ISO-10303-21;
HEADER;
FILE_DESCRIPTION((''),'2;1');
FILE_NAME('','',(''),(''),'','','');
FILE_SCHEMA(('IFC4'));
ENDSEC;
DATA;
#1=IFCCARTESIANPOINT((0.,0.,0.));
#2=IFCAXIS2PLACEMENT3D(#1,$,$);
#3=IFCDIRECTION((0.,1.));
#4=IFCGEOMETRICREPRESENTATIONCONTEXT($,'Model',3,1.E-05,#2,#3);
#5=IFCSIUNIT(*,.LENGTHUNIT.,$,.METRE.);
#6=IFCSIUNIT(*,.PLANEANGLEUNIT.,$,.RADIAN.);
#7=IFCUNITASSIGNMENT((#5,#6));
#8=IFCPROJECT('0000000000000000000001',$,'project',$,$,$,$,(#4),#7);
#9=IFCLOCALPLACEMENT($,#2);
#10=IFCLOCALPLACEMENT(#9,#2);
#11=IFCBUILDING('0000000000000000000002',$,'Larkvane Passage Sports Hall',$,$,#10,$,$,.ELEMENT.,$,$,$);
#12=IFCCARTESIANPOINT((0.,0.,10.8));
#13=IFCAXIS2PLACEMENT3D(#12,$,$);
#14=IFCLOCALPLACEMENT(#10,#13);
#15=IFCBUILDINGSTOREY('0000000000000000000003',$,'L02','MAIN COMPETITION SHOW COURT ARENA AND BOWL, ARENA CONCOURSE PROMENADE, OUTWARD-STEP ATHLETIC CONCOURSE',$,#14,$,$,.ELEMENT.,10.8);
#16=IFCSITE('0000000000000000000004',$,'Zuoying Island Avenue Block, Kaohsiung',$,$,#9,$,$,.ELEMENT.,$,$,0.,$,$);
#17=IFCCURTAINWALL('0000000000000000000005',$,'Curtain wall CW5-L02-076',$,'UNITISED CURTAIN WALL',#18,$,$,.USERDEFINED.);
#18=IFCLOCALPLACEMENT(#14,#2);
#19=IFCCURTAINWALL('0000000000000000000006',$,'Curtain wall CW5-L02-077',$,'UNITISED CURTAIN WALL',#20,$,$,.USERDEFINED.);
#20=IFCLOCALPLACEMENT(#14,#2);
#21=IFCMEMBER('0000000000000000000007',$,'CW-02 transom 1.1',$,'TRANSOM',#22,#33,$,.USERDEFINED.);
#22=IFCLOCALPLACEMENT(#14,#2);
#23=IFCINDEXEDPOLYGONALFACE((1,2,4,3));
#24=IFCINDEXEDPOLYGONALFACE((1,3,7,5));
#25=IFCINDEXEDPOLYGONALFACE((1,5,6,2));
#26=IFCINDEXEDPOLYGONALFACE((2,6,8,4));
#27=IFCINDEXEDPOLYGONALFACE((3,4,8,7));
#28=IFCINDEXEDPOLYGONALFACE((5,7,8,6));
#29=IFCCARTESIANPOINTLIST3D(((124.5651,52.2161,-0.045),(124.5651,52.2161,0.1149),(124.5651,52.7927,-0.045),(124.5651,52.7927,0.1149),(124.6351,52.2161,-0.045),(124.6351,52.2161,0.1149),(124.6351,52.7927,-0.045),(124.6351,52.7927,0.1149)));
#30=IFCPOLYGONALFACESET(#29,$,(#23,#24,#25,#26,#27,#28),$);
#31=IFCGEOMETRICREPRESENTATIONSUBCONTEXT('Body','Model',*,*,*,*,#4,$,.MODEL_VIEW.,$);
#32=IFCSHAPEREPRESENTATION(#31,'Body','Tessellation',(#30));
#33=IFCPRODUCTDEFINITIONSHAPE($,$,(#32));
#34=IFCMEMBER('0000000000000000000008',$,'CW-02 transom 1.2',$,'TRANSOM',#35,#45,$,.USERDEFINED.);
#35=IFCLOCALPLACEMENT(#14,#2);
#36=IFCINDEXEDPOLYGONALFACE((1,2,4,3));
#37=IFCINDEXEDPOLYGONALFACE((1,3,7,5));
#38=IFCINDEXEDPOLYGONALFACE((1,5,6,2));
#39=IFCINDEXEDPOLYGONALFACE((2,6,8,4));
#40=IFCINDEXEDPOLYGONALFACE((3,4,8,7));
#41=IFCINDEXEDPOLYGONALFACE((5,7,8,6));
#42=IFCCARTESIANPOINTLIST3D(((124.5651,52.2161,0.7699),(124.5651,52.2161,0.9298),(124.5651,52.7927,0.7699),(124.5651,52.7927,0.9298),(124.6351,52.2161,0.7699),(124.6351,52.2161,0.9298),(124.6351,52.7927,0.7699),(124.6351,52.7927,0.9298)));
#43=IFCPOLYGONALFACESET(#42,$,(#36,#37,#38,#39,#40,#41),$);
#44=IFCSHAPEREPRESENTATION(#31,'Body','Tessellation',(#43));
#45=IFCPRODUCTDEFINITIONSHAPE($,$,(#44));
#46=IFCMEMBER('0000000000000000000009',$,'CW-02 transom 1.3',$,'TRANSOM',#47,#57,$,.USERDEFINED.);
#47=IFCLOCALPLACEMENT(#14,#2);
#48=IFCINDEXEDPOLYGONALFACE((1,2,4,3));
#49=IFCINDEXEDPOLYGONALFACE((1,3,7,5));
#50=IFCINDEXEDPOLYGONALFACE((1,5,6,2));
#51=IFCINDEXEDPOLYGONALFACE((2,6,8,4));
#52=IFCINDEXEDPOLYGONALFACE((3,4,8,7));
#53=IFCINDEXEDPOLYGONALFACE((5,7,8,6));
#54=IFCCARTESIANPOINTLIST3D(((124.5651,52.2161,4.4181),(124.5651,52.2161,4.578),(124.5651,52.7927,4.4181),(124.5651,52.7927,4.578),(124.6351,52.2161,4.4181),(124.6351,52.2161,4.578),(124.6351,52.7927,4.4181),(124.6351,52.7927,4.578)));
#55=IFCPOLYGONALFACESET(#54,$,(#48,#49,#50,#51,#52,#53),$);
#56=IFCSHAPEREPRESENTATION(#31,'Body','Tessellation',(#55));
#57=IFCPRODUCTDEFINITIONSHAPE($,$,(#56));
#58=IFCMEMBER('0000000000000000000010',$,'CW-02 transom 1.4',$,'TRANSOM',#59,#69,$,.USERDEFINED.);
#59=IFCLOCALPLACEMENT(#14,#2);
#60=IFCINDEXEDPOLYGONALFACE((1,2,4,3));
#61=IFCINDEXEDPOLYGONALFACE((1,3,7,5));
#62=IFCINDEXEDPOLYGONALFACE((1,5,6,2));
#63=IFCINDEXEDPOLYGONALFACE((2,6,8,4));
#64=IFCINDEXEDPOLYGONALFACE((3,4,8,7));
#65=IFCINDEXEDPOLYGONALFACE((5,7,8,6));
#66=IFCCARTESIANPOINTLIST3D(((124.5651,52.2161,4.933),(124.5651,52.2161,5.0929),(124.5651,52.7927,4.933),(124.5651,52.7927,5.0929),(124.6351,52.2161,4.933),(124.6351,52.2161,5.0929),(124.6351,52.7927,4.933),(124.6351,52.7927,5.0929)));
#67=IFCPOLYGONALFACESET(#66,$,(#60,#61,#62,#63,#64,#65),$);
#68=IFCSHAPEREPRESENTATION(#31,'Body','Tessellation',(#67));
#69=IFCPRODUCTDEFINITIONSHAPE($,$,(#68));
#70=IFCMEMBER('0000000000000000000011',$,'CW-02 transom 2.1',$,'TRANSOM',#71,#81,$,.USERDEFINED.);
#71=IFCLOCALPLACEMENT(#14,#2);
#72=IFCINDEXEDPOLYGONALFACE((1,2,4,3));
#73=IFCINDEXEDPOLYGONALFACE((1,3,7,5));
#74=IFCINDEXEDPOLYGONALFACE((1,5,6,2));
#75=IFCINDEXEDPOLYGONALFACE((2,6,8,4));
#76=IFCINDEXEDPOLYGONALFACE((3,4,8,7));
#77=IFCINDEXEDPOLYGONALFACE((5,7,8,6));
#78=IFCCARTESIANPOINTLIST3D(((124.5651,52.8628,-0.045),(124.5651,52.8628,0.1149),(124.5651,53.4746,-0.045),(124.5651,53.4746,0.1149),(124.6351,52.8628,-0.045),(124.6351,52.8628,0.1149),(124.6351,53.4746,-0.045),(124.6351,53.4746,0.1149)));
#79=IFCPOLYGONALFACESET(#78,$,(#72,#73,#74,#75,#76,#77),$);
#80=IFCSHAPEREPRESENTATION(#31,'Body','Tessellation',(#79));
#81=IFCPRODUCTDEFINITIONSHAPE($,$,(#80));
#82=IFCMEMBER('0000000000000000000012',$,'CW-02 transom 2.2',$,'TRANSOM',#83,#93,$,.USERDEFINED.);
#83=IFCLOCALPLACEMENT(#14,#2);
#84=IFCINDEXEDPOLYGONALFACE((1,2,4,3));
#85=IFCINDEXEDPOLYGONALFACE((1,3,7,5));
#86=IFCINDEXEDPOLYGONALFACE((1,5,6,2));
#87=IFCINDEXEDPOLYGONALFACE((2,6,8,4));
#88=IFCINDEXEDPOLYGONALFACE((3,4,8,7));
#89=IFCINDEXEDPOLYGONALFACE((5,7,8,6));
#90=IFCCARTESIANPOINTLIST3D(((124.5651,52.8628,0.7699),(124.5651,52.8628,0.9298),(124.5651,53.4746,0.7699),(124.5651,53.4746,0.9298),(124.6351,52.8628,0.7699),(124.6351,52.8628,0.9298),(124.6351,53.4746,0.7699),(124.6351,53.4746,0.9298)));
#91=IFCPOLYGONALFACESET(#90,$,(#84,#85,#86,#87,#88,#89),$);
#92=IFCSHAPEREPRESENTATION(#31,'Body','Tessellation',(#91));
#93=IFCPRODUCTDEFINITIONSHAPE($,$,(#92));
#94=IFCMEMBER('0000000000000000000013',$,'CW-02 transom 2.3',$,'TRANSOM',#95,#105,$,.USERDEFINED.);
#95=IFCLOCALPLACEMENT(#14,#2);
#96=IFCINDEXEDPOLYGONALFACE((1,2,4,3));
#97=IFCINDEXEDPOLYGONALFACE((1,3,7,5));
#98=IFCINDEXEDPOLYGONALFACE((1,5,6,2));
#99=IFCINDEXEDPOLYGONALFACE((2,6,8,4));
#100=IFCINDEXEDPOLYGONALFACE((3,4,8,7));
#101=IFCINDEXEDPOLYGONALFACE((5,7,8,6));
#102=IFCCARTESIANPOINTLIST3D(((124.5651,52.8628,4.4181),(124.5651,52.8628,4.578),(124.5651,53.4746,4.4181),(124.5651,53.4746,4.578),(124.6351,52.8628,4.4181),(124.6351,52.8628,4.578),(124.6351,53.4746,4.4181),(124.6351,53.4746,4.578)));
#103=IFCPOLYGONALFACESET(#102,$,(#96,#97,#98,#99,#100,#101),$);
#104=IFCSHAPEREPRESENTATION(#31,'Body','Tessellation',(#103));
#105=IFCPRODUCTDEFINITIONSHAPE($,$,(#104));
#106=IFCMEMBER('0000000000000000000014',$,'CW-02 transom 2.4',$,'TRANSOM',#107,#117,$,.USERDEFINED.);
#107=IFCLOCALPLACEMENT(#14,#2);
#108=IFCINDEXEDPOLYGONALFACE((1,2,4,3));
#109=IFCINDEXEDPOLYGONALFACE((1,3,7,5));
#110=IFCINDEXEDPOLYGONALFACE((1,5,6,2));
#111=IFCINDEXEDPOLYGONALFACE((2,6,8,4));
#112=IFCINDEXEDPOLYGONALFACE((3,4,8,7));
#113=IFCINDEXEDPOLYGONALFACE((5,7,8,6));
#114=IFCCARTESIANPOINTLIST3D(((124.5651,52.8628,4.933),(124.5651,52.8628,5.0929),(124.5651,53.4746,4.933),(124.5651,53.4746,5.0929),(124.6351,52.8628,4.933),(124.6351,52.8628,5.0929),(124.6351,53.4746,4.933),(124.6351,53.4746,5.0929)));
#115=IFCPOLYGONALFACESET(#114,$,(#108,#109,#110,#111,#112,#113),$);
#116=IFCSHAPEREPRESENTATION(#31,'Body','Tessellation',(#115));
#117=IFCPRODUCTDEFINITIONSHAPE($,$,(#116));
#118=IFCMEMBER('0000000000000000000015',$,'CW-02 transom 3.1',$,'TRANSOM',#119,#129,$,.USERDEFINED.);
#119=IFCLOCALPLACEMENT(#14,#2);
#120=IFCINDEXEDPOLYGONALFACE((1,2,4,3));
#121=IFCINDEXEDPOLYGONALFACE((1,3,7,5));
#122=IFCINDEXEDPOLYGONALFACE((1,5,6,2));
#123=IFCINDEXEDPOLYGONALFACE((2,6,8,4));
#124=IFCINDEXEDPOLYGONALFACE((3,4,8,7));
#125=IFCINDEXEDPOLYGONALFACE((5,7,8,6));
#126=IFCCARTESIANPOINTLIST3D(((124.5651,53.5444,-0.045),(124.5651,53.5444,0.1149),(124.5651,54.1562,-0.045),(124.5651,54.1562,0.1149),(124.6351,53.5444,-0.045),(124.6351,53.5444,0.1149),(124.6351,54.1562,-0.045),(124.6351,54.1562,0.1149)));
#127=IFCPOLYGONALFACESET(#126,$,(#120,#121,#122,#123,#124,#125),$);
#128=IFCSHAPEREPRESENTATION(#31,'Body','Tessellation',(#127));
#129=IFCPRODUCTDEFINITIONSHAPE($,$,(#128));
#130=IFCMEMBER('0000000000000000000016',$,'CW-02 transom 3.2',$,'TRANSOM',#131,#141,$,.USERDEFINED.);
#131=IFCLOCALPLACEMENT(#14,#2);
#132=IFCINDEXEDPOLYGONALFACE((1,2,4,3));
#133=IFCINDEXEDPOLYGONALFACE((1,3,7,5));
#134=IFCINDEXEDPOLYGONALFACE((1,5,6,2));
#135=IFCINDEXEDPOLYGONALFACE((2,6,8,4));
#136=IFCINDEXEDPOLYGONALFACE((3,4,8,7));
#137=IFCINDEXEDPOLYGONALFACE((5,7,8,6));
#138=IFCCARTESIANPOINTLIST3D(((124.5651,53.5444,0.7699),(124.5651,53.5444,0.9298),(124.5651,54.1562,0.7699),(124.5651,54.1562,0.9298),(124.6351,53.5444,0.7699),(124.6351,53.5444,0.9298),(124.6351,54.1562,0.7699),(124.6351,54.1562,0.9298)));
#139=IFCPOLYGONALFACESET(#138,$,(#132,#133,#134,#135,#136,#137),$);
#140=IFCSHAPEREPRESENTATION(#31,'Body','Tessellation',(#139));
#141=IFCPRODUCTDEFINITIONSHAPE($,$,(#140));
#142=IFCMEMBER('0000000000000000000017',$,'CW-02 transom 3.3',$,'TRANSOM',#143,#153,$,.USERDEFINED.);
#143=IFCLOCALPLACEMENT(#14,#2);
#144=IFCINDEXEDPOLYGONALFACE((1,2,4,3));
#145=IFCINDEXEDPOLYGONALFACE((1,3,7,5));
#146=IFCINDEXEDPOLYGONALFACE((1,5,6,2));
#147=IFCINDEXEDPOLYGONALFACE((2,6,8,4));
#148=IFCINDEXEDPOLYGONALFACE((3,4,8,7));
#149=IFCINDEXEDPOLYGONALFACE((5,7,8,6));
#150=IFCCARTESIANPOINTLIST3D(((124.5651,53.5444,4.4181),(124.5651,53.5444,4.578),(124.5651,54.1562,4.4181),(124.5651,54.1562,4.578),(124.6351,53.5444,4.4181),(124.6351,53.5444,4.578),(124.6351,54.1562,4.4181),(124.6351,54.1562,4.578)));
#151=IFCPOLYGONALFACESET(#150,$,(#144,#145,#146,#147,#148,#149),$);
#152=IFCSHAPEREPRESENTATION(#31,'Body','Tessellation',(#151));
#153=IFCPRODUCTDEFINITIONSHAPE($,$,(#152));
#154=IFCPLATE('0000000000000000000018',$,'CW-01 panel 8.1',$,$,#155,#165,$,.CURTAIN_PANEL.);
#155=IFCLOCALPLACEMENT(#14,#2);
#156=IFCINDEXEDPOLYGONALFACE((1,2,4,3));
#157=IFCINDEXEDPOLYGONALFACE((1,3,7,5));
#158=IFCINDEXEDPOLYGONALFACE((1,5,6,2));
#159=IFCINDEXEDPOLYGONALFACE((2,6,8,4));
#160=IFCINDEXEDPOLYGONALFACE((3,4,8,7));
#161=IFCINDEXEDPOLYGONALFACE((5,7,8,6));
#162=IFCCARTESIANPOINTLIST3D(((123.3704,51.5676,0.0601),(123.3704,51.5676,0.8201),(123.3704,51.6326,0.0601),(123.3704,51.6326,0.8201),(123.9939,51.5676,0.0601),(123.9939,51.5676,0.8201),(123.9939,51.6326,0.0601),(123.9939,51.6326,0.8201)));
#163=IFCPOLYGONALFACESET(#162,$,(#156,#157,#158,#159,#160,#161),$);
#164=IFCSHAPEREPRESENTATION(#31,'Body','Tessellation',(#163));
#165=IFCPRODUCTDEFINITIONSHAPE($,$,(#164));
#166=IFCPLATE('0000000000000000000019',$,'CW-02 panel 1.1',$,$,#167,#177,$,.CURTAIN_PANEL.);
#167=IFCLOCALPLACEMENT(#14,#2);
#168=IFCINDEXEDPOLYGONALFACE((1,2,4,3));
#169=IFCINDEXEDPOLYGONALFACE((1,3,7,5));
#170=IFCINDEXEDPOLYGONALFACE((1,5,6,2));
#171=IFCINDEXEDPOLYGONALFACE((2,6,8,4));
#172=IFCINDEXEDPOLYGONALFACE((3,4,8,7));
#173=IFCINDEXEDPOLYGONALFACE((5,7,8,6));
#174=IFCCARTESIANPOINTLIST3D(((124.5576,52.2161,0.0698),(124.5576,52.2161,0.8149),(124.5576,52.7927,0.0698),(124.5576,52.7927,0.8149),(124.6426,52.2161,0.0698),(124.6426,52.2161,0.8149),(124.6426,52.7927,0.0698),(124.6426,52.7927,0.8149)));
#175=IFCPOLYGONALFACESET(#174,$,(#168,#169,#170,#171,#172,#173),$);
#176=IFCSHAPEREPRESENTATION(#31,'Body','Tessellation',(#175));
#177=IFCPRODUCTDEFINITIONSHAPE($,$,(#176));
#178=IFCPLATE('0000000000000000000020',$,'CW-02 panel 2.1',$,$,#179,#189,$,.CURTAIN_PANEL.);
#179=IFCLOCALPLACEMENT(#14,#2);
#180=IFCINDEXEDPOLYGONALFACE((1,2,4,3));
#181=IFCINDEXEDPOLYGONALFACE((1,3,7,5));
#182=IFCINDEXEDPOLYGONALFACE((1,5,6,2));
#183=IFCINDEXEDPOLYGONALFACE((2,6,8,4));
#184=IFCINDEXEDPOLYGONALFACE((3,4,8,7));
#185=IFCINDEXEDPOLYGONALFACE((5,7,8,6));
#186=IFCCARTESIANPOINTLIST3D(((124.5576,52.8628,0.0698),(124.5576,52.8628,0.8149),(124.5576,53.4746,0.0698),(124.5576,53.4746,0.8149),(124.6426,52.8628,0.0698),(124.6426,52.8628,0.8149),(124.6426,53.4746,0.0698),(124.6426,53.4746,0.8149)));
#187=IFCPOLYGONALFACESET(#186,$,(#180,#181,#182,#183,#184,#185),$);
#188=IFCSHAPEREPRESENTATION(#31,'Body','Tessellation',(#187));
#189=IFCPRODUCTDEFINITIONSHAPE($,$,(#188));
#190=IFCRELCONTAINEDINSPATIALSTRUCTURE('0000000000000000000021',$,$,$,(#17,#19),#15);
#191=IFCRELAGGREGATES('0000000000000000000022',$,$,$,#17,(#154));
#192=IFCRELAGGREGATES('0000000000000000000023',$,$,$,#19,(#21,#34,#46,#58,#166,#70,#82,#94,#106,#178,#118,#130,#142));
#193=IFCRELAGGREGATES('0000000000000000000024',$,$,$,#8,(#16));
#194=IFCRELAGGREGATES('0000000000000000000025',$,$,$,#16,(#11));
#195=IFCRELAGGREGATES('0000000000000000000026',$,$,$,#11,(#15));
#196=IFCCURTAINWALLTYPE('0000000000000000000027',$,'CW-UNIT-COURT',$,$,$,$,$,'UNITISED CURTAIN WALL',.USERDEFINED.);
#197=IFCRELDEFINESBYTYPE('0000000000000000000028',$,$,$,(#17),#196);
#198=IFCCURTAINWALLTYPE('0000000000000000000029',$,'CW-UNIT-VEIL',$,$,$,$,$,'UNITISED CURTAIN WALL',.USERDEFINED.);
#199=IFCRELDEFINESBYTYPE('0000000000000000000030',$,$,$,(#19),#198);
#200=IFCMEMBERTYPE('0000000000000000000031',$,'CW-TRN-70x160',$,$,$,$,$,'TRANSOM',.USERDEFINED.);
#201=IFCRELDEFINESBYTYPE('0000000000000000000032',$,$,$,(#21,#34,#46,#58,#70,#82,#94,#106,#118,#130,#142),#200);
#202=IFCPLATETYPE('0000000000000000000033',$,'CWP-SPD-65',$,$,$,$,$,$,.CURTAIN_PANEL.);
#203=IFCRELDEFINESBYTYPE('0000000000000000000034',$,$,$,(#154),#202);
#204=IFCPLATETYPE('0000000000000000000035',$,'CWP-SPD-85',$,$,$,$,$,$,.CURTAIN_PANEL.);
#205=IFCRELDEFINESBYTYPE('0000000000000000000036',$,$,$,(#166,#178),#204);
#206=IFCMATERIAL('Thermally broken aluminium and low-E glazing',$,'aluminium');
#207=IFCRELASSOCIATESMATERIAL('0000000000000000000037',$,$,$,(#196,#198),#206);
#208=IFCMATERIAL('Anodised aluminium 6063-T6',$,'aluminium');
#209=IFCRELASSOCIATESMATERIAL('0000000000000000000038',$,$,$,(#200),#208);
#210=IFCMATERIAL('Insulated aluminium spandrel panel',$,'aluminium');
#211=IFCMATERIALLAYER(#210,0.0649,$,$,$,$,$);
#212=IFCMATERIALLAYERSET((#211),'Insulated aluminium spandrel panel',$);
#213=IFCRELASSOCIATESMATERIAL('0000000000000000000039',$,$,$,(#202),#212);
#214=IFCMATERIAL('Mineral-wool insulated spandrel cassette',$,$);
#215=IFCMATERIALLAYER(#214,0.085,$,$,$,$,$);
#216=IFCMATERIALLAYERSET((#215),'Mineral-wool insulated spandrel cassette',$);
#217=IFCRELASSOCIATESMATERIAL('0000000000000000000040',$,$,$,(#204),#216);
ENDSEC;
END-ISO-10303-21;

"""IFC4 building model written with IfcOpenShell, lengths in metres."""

from ifc_helpers import new_model, si_unit, direction, frame, origin, origin_2d, place, context, subcontext, project, spatial, rectangle, extrude, material, layer, layer_set, material_profile, profile_set, type_object, element, aggregate, save


model = new_model("IFC4")

# Units and contexts
model_context = context("Model", 3, precision=1e-05, world=origin(), true_north=direction((0.0, 1.0)))
body_context = subcontext(model_context, "Body", "Model", "MODEL_VIEW")
ifc_project = project(units=[si_unit("LENGTHUNIT", "METRE"), si_unit("PLANEANGLEUNIT", "RADIAN")], contexts=[model_context])

# Site, building, storey
site_placement = place(None, origin())
site = spatial("IfcSite", under=ifc_project, at=site_placement, Name="Zuoying Island Avenue Block, Kaohsiung", CompositionType="ELEMENT", RefElevation=0.0)
building_placement = place(site_placement, origin())
building = spatial("IfcBuilding", under=site, at=building_placement, Name="Larkvane Passage Sports Hall", CompositionType="ELEMENT")
storey_placement = place(building_placement, frame((0.0, 0.0, 10.8)))
storey = spatial("IfcBuildingStorey", under=building, at=storey_placement, Name="L02", Description="MAIN COMPETITION SHOW COURT ARENA AND BOWL, ARENA CONCOURSE PROMENADE, OUTWARD-STEP ATHLETIC CONCOURSE", CompositionType="ELEMENT", Elevation=10.8)

# Curtain wall
ifc_material_1 = material(Name="Thermally broken aluminium and low-E glazing", Category="aluminium")
curtain_wall_type_1 = type_object("IfcCurtainWallType", Name="CW-UNIT-COURT", ElementType="UNITISED CURTAIN WALL", PredefinedType="USERDEFINED", material=ifc_material_1)
curtain_wall_1_placement = place(storey_placement, origin())
curtain_wall_1 = element("IfcCurtainWall", 1, at=curtain_wall_1_placement, inside=storey, type_object=curtain_wall_type_1, Name="Curtain wall CW5-L02-076", ObjectType="UNITISED CURTAIN WALL", PredefinedType="USERDEFINED")
ifc_material_2 = material(Name="Anodised aluminium 6063-T6", Category="aluminium")

# Curtain wall
curtain_wall_type_2 = type_object("IfcCurtainWallType", Name="CW-UNIT-VEIL", ElementType="UNITISED CURTAIN WALL", PredefinedType="USERDEFINED", material=ifc_material_1)
curtain_wall_2_placement = place(storey_placement, origin())
curtain_wall_2 = element("IfcCurtainWall", 2, at=curtain_wall_2_placement, inside=storey, type_object=curtain_wall_type_2, Name="Curtain wall CW5-L02-077", ObjectType="UNITISED CURTAIN WALL", PredefinedType="USERDEFINED")

# Members
ifc_material_profile_1 = material_profile(ifc_material_2, rectangle(XDim=0.0701, YDim=0.1599, at=origin_2d()), Name="ALU-TRN-70x160")
ifc_profile_set_1 = profile_set([ifc_material_profile_1], Name="Anodised aluminium 6063-T6")
member_type_1 = type_object("IfcMemberType", Name="CW-TRN-70x160", ElementType="TRANSOM", PredefinedType="USERDEFINED", material=ifc_profile_set_1)
member_1_placement = place(storey_placement, frame((124.6001, 52.2161, 0.0349), z_axis=(0.0, 1.0, 0.0), x_axis=(-1.0, 0.0, 0.0)))
member_1 = element("IfcMember", 3, at=member_1_placement, type_object=member_type_1, Name="CW-02 transom 1.1", ObjectType="TRANSOM", PredefinedType="USERDEFINED", context=body_context, shape_type="SweptSolid", body=[
    extrude(rectangle(XDim=0.0701, YDim=0.1599, at=origin_2d()), origin(), (0.0, 0.0, 1.0), 0.5767),
])
member_2_placement = place(storey_placement, frame((124.6001, 52.2161, 0.8499), z_axis=(0.0, 1.0, 0.0), x_axis=(-1.0, 0.0, 0.0)))
member_2 = element("IfcMember", 4, at=member_2_placement, type_object=member_type_1, Name="CW-02 transom 1.2", ObjectType="TRANSOM", PredefinedType="USERDEFINED", context=body_context, shape_type="SweptSolid", body=[
    extrude(rectangle(XDim=0.0701, YDim=0.1599, at=origin_2d()), origin(), (0.0, 0.0, 1.0), 0.5767),
])
member_3_placement = place(storey_placement, frame((124.6001, 52.2161, 4.498), z_axis=(0.0, 1.0, 0.0), x_axis=(-1.0, 0.0, 0.0)))
member_3 = element("IfcMember", 5, at=member_3_placement, type_object=member_type_1, Name="CW-02 transom 1.3", ObjectType="TRANSOM", PredefinedType="USERDEFINED", context=body_context, shape_type="SweptSolid", body=[
    extrude(rectangle(XDim=0.0701, YDim=0.1599, at=origin_2d()), origin(), (0.0, 0.0, 1.0), 0.5767),
])
member_4_placement = place(storey_placement, frame((124.6001, 52.2161, 5.0129), z_axis=(0.0, 1.0, 0.0), x_axis=(-1.0, 0.0, 0.0)))
member_4 = element("IfcMember", 6, at=member_4_placement, type_object=member_type_1, Name="CW-02 transom 1.4", ObjectType="TRANSOM", PredefinedType="USERDEFINED", context=body_context, shape_type="SweptSolid", body=[
    extrude(rectangle(XDim=0.0701, YDim=0.1599, at=origin_2d()), origin(), (0.0, 0.0, 1.0), 0.5767),
])
member_5_placement = place(storey_placement, frame((124.6001, 52.8628, 0.0349), z_axis=(0.0, 1.0, 0.0), x_axis=(-1.0, 0.0, 0.0)))
member_5 = element("IfcMember", 7, at=member_5_placement, type_object=member_type_1, Name="CW-02 transom 2.1", ObjectType="TRANSOM", PredefinedType="USERDEFINED", context=body_context, shape_type="SweptSolid", body=[
    extrude(rectangle(XDim=0.0701, YDim=0.1599, at=origin_2d()), origin(), (0.0, 0.0, 1.0), 0.6118),
])
member_6_placement = place(storey_placement, frame((124.6001, 52.8628, 0.8499), z_axis=(0.0, 1.0, 0.0), x_axis=(-1.0, 0.0, 0.0)))
member_6 = element("IfcMember", 8, at=member_6_placement, type_object=member_type_1, Name="CW-02 transom 2.2", ObjectType="TRANSOM", PredefinedType="USERDEFINED", context=body_context, shape_type="SweptSolid", body=[
    extrude(rectangle(XDim=0.0701, YDim=0.1599, at=origin_2d()), origin(), (0.0, 0.0, 1.0), 0.6118),
])
member_7_placement = place(storey_placement, frame((124.6001, 52.8628, 4.498), z_axis=(0.0, 1.0, 0.0), x_axis=(-1.0, 0.0, 0.0)))
member_7 = element("IfcMember", 9, at=member_7_placement, type_object=member_type_1, Name="CW-02 transom 2.3", ObjectType="TRANSOM", PredefinedType="USERDEFINED", context=body_context, shape_type="SweptSolid", body=[
    extrude(rectangle(XDim=0.0701, YDim=0.1599, at=origin_2d()), origin(), (0.0, 0.0, 1.0), 0.6118),
])
member_8_placement = place(storey_placement, frame((124.6001, 52.8628, 5.0129), z_axis=(0.0, 1.0, 0.0), x_axis=(-1.0, 0.0, 0.0)))
member_8 = element("IfcMember", 10, at=member_8_placement, type_object=member_type_1, Name="CW-02 transom 2.4", ObjectType="TRANSOM", PredefinedType="USERDEFINED", context=body_context, shape_type="SweptSolid", body=[
    extrude(rectangle(XDim=0.0701, YDim=0.1599, at=origin_2d()), origin(), (0.0, 0.0, 1.0), 0.6118),
])
member_9_placement = place(storey_placement, frame((124.6001, 53.5444, 0.0349), z_axis=(0.0, 1.0, 0.0), x_axis=(-1.0, 0.0, 0.0)))
member_9 = element("IfcMember", 11, at=member_9_placement, type_object=member_type_1, Name="CW-02 transom 3.1", ObjectType="TRANSOM", PredefinedType="USERDEFINED", context=body_context, shape_type="SweptSolid", body=[
    extrude(rectangle(XDim=0.0701, YDim=0.1599, at=origin_2d()), origin(), (0.0, 0.0, 1.0), 0.6118),
])
member_10_placement = place(storey_placement, frame((124.6001, 53.5444, 0.8499), z_axis=(0.0, 1.0, 0.0), x_axis=(-1.0, 0.0, 0.0)))
member_10 = element("IfcMember", 12, at=member_10_placement, type_object=member_type_1, Name="CW-02 transom 3.2", ObjectType="TRANSOM", PredefinedType="USERDEFINED", context=body_context, shape_type="SweptSolid", body=[
    extrude(rectangle(XDim=0.0701, YDim=0.1599, at=origin_2d()), origin(), (0.0, 0.0, 1.0), 0.6118),
])
member_11_placement = place(storey_placement, frame((124.6001, 53.5444, 4.498), z_axis=(0.0, 1.0, 0.0), x_axis=(-1.0, 0.0, 0.0)))
member_11 = element("IfcMember", 13, at=member_11_placement, type_object=member_type_1, Name="CW-02 transom 3.3", ObjectType="TRANSOM", PredefinedType="USERDEFINED", context=body_context, shape_type="SweptSolid", body=[
    extrude(rectangle(XDim=0.0701, YDim=0.1599, at=origin_2d()), origin(), (0.0, 0.0, 1.0), 0.6118),
])

# Plates
ifc_material_3 = material(Name="Insulated aluminium spandrel panel", Category="aluminium")
ifc_layer_1 = layer(ifc_material_3, 0.0649)
ifc_layer_set_1 = layer_set([ifc_layer_1], Name="Insulated aluminium spandrel panel")
plate_type_1 = type_object("IfcPlateType", Name="CWP-SPD-65", PredefinedType="CURTAIN_PANEL", material=ifc_layer_set_1)
plate_1_placement = place(storey_placement, frame((123.6821, 51.6001, 0.0601), z_axis=(0.0, 0.0, 1.0), x_axis=(1.0, 0.0, 0.0)))
plate_1 = element("IfcPlate", 14, at=plate_1_placement, type_object=plate_type_1, Name="CW-01 panel 8.1", PredefinedType="CURTAIN_PANEL", context=body_context, shape_type="SweptSolid", body=[
    extrude(rectangle(XDim=0.6235, YDim=0.0649, at=origin_2d()), origin(), (0.0, 0.0, 1.0), 0.76),
])
ifc_material_4 = material(Name="Mineral-wool insulated spandrel cassette")
ifc_layer_2 = layer(ifc_material_4, 0.085)
ifc_layer_set_2 = layer_set([ifc_layer_2], Name="Mineral-wool insulated spandrel cassette")
plate_type_2 = type_object("IfcPlateType", Name="CWP-SPD-85", PredefinedType="CURTAIN_PANEL", material=ifc_layer_set_2)
plate_2_placement = place(storey_placement, frame((124.6001, 52.5044, 0.0698), z_axis=(0.0, 0.0, 1.0), x_axis=(0.0, 1.0, 0.0)))
plate_2 = element("IfcPlate", 15, at=plate_2_placement, type_object=plate_type_2, Name="CW-02 panel 1.1", PredefinedType="CURTAIN_PANEL", context=body_context, shape_type="SweptSolid", body=[
    extrude(rectangle(XDim=0.5767, YDim=0.085, at=origin_2d()), origin(), (0.0, 0.0, 1.0), 0.7451),
])
plate_3_placement = place(storey_placement, frame((124.6001, 53.1687, 0.0698), z_axis=(0.0, 0.0, 1.0), x_axis=(0.0, 1.0, 0.0)))
plate_3 = element("IfcPlate", 16, at=plate_3_placement, type_object=plate_type_2, Name="CW-02 panel 2.1", PredefinedType="CURTAIN_PANEL", context=body_context, shape_type="SweptSolid", body=[
    extrude(rectangle(XDim=0.6118, YDim=0.085, at=origin_2d()), origin(), (0.0, 0.0, 1.0), 0.7451),
])
aggregate(curtain_wall_1, [plate_1])
aggregate(curtain_wall_2, [member_1, member_2, member_3, member_4, plate_2, member_5, member_6, member_7, member_8, plate_3, member_9, member_10, member_11])

save(model, "model.ifc")
